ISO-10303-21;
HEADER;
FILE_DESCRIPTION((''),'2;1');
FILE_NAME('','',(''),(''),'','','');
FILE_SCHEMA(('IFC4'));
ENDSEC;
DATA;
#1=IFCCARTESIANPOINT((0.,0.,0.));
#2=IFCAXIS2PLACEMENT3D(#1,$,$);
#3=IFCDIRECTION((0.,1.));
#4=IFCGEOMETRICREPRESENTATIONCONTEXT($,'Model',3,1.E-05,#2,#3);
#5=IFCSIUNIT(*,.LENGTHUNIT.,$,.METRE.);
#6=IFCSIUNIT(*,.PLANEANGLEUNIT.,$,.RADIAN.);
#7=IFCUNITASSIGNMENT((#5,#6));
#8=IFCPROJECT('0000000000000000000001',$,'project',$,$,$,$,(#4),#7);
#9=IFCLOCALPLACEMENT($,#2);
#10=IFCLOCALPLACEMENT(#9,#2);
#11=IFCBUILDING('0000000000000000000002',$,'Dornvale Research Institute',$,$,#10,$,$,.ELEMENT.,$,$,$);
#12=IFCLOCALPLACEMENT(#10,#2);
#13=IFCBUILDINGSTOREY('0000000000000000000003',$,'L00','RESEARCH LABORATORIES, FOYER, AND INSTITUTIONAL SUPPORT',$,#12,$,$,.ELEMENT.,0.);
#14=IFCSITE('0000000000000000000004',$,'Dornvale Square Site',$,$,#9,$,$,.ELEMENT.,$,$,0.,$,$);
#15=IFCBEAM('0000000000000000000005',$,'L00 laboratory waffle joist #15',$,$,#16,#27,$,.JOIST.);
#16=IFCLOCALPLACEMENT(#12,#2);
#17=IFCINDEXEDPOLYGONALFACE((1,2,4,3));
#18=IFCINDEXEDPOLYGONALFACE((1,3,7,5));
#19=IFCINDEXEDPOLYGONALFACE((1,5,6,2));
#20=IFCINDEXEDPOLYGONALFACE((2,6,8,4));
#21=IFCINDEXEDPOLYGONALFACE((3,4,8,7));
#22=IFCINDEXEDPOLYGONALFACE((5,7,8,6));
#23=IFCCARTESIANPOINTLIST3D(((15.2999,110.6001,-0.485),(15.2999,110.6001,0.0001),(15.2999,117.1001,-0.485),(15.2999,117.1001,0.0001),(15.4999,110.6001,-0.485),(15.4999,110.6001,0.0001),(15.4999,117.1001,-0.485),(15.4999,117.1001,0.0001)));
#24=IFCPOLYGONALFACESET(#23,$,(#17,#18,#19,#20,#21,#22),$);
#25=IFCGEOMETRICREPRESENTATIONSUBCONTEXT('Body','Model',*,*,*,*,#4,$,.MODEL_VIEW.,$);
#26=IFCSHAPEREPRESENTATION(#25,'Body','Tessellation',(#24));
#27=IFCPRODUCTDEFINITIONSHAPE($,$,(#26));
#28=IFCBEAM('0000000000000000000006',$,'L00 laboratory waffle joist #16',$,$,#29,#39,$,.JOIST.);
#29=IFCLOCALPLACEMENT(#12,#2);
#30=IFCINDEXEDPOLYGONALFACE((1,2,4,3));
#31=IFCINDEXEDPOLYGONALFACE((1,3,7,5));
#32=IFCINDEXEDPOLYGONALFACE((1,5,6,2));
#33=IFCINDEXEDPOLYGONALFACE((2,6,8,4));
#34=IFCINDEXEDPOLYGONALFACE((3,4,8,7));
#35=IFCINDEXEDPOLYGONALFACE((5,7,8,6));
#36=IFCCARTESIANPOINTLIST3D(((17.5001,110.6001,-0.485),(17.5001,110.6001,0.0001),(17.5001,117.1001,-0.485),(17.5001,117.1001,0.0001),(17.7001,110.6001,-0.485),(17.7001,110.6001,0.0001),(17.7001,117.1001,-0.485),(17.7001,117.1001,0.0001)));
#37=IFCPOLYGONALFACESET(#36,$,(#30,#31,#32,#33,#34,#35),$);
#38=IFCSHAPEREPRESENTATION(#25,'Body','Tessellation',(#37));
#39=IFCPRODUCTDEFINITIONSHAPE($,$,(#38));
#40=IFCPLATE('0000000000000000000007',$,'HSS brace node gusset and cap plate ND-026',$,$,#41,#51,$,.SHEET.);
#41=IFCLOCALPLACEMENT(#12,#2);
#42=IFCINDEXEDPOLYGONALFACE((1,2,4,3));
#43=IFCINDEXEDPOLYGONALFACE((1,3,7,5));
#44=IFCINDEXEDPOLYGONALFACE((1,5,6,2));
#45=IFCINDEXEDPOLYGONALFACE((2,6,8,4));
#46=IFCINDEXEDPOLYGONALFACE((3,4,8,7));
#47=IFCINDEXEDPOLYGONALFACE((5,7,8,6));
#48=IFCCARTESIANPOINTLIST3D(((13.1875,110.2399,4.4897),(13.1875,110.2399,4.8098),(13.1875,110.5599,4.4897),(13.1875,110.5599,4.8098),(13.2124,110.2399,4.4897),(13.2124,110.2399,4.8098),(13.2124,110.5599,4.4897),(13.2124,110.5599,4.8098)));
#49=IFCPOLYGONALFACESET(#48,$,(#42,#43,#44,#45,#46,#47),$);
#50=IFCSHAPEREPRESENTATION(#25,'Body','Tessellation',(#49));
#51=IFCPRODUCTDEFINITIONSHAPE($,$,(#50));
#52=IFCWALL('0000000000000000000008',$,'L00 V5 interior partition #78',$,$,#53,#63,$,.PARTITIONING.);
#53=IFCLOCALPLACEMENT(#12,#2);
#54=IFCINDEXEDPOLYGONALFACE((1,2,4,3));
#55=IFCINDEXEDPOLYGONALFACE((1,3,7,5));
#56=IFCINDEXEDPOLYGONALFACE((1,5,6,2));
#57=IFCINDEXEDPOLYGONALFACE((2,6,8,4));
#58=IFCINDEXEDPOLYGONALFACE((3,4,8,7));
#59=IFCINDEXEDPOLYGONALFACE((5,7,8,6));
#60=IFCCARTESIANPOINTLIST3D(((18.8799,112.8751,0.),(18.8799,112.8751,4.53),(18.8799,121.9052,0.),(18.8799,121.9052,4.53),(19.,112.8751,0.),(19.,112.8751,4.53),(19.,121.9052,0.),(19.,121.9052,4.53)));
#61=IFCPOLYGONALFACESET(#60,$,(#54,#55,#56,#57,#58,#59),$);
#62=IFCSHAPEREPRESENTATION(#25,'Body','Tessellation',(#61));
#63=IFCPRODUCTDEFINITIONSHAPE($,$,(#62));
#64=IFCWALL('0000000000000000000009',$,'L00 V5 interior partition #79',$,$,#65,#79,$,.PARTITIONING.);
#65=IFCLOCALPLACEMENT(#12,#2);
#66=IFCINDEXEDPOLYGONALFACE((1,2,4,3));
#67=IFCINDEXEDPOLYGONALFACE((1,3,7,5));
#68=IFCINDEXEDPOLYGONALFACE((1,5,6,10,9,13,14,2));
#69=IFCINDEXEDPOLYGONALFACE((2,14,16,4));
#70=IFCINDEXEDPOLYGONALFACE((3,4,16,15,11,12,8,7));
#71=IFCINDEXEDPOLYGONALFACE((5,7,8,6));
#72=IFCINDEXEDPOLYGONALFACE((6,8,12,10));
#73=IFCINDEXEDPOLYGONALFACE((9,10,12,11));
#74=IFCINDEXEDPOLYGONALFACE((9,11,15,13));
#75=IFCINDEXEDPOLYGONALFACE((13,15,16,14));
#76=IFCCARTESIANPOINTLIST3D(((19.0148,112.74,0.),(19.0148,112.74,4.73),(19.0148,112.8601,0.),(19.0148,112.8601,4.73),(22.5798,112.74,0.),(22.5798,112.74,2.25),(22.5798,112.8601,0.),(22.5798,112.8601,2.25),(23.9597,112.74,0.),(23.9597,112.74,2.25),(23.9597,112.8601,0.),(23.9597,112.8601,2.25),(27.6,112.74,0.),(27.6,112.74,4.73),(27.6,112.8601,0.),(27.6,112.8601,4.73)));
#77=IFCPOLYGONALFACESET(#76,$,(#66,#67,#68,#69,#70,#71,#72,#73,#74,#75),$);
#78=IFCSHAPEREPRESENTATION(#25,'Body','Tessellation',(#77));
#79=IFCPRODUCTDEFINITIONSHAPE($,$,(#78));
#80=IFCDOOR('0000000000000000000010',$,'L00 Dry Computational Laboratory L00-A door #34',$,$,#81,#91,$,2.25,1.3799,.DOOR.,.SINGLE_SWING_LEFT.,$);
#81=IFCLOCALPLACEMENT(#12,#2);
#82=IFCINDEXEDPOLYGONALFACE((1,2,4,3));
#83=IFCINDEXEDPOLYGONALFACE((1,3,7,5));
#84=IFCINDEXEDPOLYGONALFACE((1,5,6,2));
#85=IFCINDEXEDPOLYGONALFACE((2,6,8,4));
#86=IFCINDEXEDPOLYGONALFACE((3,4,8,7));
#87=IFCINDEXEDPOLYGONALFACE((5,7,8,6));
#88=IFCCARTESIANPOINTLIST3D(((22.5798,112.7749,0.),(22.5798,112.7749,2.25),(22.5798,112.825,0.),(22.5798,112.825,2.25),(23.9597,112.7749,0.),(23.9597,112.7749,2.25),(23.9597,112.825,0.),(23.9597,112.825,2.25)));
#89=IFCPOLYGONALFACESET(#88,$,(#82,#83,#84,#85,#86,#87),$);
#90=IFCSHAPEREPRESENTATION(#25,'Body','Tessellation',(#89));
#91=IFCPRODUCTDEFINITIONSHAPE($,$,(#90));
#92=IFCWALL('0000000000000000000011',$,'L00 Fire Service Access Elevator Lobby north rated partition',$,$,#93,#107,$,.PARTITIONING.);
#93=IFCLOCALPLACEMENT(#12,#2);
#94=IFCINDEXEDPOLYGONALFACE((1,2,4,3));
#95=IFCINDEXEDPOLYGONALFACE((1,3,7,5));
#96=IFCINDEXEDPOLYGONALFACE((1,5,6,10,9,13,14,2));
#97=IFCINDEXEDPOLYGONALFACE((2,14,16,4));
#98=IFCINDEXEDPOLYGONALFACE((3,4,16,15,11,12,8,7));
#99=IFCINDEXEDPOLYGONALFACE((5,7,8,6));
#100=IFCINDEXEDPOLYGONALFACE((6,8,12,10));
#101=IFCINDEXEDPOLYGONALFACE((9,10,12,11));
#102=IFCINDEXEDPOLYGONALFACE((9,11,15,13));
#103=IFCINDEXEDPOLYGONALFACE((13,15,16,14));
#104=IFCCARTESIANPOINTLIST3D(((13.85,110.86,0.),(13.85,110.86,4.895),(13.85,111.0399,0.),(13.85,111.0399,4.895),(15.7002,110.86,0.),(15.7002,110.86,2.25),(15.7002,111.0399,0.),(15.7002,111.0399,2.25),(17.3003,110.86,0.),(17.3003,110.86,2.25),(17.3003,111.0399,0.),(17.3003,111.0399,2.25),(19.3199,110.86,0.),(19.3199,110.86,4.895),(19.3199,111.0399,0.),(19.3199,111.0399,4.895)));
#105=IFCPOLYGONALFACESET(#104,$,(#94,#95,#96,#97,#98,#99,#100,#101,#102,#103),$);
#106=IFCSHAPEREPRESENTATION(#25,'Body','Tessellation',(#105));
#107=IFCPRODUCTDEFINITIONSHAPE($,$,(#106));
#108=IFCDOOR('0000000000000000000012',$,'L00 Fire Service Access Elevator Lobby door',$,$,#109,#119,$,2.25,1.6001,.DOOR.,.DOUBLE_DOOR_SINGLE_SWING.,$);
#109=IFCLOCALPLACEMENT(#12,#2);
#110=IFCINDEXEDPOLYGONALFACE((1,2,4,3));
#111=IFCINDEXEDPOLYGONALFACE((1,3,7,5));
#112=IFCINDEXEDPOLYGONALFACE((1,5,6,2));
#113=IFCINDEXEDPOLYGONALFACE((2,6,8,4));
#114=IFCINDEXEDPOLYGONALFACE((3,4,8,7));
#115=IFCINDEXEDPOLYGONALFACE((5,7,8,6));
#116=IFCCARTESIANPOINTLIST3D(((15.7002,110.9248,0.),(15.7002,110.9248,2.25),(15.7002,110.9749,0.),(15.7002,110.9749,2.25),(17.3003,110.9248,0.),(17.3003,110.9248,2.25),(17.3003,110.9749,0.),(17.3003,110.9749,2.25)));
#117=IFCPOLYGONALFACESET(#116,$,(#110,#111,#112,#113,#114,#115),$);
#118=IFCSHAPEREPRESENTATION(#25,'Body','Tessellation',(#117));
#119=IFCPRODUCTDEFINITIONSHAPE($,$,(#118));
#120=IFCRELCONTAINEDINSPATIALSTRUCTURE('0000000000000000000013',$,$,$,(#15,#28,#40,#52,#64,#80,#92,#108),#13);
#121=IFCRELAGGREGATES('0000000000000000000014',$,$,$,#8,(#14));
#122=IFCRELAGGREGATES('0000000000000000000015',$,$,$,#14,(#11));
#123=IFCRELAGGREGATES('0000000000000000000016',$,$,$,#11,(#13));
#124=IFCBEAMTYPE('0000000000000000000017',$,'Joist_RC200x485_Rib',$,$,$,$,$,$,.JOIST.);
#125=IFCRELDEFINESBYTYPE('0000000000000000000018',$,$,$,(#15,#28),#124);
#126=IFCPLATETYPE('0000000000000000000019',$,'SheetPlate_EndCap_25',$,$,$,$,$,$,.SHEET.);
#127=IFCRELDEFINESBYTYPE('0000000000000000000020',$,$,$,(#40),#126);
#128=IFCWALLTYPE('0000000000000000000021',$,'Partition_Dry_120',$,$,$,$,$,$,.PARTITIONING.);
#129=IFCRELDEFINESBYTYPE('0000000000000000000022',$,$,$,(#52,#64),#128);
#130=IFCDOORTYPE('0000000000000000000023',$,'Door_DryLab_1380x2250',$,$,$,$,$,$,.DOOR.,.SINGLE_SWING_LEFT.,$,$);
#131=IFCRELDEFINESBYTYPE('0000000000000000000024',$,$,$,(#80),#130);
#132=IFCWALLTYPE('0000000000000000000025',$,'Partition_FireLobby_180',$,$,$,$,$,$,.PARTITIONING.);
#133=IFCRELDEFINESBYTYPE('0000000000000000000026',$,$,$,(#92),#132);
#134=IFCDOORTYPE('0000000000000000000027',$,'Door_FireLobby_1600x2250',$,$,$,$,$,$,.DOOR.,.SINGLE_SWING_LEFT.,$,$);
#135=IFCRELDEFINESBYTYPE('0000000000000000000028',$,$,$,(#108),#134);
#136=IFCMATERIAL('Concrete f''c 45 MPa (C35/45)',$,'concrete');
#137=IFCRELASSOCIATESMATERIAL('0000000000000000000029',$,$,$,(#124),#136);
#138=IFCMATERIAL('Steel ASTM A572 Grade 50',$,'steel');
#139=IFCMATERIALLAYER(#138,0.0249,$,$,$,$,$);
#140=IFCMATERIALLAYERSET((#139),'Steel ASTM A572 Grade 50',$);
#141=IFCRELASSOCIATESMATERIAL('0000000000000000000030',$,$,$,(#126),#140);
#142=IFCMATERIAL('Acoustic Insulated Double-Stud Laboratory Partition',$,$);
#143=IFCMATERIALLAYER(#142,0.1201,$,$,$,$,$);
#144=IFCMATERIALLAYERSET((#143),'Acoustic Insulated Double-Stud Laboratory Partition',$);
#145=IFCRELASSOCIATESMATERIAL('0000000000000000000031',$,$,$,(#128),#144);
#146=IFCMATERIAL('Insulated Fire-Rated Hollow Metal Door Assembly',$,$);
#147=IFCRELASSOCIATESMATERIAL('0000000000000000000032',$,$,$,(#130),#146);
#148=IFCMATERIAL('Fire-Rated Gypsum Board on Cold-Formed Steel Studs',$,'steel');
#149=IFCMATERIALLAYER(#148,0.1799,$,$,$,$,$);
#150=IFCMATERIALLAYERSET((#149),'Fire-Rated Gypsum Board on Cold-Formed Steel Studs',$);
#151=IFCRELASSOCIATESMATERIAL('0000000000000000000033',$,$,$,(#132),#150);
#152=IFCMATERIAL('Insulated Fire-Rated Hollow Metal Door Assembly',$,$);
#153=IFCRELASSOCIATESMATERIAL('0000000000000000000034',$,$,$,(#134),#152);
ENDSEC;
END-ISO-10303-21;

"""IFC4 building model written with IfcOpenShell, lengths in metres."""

from ifc_helpers import new_model, si_unit, direction, frame, frame_2d, origin, origin_2d, place, context, subcontext, project, spatial, rectangle, extrude, material, layer, layer_set, material_profile, profile_set, type_object, element, fill, save


model = new_model("IFC4")

# Units and contexts
model_context = context("Model", 3, precision=1e-05, world=origin(), true_north=direction((0.0, 1.0)))
body_context = subcontext(model_context, "Body", "Model", "MODEL_VIEW")
ifc_project = project(units=[si_unit("LENGTHUNIT", "METRE"), si_unit("PLANEANGLEUNIT", "RADIAN")], contexts=[model_context])

# Site, building, storey
site_placement = place(None, origin())
site = spatial("IfcSite", under=ifc_project, at=site_placement, Name="Dornvale Square Site", CompositionType="ELEMENT", RefElevation=0.0)
building_placement = place(site_placement, origin())
building = spatial("IfcBuilding", under=site, at=building_placement, Name="Dornvale Research Institute", CompositionType="ELEMENT")
storey_placement = place(building_placement, origin())
storey = spatial("IfcBuildingStorey", under=building, at=storey_placement, Name="L00", Description="RESEARCH LABORATORIES, FOYER, AND INSTITUTIONAL SUPPORT", CompositionType="ELEMENT", Elevation=0.0)

# Beams
ifc_material_1 = material(Name="Concrete f'c 45 MPa (C35/45)", Category="concrete")
ifc_material_profile_1 = material_profile(ifc_material_1, rectangle(XDim=0.2, YDim=0.4851, at=origin_2d()), Name="RC 200x485")
ifc_profile_set_1 = profile_set([ifc_material_profile_1], Name="Concrete f'c 45 MPa (C35/45)")
beam_type_1 = type_object("IfcBeamType", Name="Joist_RC200x485_Rib", PredefinedType="JOIST", material=ifc_profile_set_1)
for number, where, z_axis, x_axis, name in (
    (1, (15.3999, 110.6001, -0.2424), (0.0, 1.0, 0.0), (-1.0, 0.0, 0.0), "L00 laboratory waffle joist #15"),
    (2, (17.6001, 110.6001, -0.2424), (0.0, 1.0, 0.0), (-1.0, 0.0, 0.0), "L00 laboratory waffle joist #16"),
):
    element("IfcBeam", number, at=place(storey_placement, frame(where, z_axis=z_axis, x_axis=x_axis)), inside=storey, type_object=beam_type_1, Name=name, PredefinedType="JOIST", context=body_context, shape_type="SweptSolid", body=[
        extrude(rectangle(XDim=0.2, YDim=0.4851, at=origin_2d()), origin(), (0.0, 0.0, 1.0), 6.5),
    ])

# Plate
ifc_material_2 = material(Name="Steel ASTM A572 Grade 50", Category="steel")
ifc_layer_1 = layer(ifc_material_2, 0.0249)
ifc_layer_set_1 = layer_set([ifc_layer_1], Name="Steel ASTM A572 Grade 50")
plate_type = type_object("IfcPlateType", Name="SheetPlate_EndCap_25", PredefinedType="SHEET", material=ifc_layer_set_1)
plate_placement = place(storey_placement, frame((13.2, 110.3999, 4.4897), z_axis=(0.0, 0.0, 1.0), x_axis=(0.0, 1.0, 0.0)))
element("IfcPlate", 3, at=plate_placement, inside=storey, type_object=plate_type, Name="HSS brace node gusset and cap plate ND-026", PredefinedType="SHEET", context=body_context, shape_type="SweptSolid", body=[
    extrude(rectangle(XDim=0.3201, YDim=0.0249, at=origin_2d()), origin(), (0.0, 0.0, 1.0), 0.3201),
])

# Wall
ifc_material_3 = material(Name="Acoustic Insulated Double-Stud Laboratory Partition")
ifc_layer_2 = layer(ifc_material_3, 0.1201)
ifc_layer_set_2 = layer_set([ifc_layer_2], Name="Acoustic Insulated Double-Stud Laboratory Partition")
wall_type_1 = type_object("IfcWallType", Name="Partition_Dry_120", PredefinedType="PARTITIONING", material=ifc_layer_set_2)
wall_1_placement = place(storey_placement, frame((18.9399, 112.875, 0.0), z_axis=(0.0, 0.0, 1.0), x_axis=(0.0, 1.0, 0.0)))
element("IfcWall", 4, at=wall_1_placement, inside=storey, type_object=wall_type_1, Name="L00 V5 interior partition #78", PredefinedType="PARTITIONING", context=body_context, shape_type="SweptSolid", body=[
    extrude(rectangle(XDim=9.03, YDim=0.1201, at=frame_2d((4.5151, 0.0))), origin(), (0.0, 0.0, 1.0), 4.53),
])

# Walls, openings, doors
wall_2_placement = place(storey_placement, frame((19.0149, 112.8, 0.0), z_axis=(0.0, 0.0, 1.0), x_axis=(1.0, 0.0, 0.0)))
wall_2 = element("IfcWall", 5, at=wall_2_placement, inside=storey, type_object=wall_type_1, Name="L00 V5 interior partition #79", PredefinedType="PARTITIONING", context=body_context, shape_type="SweptSolid", body=[
    extrude(rectangle(XDim=8.5852, YDim=0.1201, at=frame_2d((4.2925, 0.0))), origin(), (0.0, 0.0, 1.0), 4.73),
])
opening_1_placement = place(wall_2_placement, frame((3.5649, 0.0, 0.0)))
opening_1 = element("IfcOpeningElement", 6, at=opening_1_placement, cuts=wall_2, PredefinedType="OPENING", context=body_context, shape_type="SweptSolid", body=[
    extrude(rectangle(XDim=1.3799, YDim=2.25, at=frame_2d((0.6899, 1.125))), frame((0.0, 0.075, 0.0), z_axis=(0.0, -1.0, 0.0), x_axis=(1.0, 0.0, 0.0)), (0.0, 0.0, 1.0), 0.1501),
])
ifc_material_4 = material(Name="Insulated Fire-Rated Hollow Metal Door Assembly")
door_type_1 = type_object("IfcDoorType", Name="Door_DryLab_1380x2250", OperationType="SINGLE_SWING_LEFT", PredefinedType="DOOR", material=ifc_material_4)
door_1_placement = place(opening_1_placement, origin())
door_1 = element("IfcDoor", 7, at=door_1_placement, inside=storey, type_object=door_type_1, Name="L00 Dry Computational Laboratory L00-A door #34", OperationType="SINGLE_SWING_LEFT", OverallHeight=2.25, OverallWidth=1.3799, PredefinedType="DOOR", context=body_context, shape_type="SweptSolid", body=[
    extrude(rectangle(XDim=1.3799, YDim=2.25, at=frame_2d((0.6899, 1.125))), frame((0.0, 0.0249, 0.0), z_axis=(0.0, -1.0, 0.0), x_axis=(1.0, 0.0, 0.0)), (0.0, 0.0, 1.0), 0.05),
])
fill(opening_1, door_1)
ifc_material_5 = material(Name="Fire-Rated Gypsum Board on Cold-Formed Steel Studs", Category="steel")
ifc_layer_3 = layer(ifc_material_5, 0.1799)
ifc_layer_set_3 = layer_set([ifc_layer_3], Name="Fire-Rated Gypsum Board on Cold-Formed Steel Studs")
wall_type_2 = type_object("IfcWallType", Name="Partition_FireLobby_180", PredefinedType="PARTITIONING", material=ifc_layer_set_3)
wall_3_placement = place(storey_placement, frame((13.8501, 110.95, 0.0), z_axis=(0.0, 0.0, 1.0), x_axis=(1.0, 0.0, 0.0)))
wall_3 = element("IfcWall", 8, at=wall_3_placement, inside=storey, type_object=wall_type_2, Name="L00 Fire Service Access Elevator Lobby north rated partition", PredefinedType="PARTITIONING", context=body_context, shape_type="SweptSolid", body=[
    extrude(rectangle(XDim=5.47, YDim=0.1799, at=frame_2d((2.7349, 0.0))), origin(), (0.0, 0.0, 1.0), 4.895),
])
opening_2_placement = place(wall_3_placement, frame((1.8501, 0.0, 0.0)))
opening_2 = element("IfcOpeningElement", 9, at=opening_2_placement, cuts=wall_3, PredefinedType="OPENING", context=body_context, shape_type="SweptSolid", body=[
    extrude(rectangle(XDim=1.6001, YDim=2.25, at=frame_2d((0.8, 1.125))), frame((0.0, 0.105, 0.0), z_axis=(0.0, -1.0, 0.0), x_axis=(1.0, 0.0, 0.0)), (0.0, 0.0, 1.0), 0.21),
])
ifc_material_6 = material(Name="Insulated Fire-Rated Hollow Metal Door Assembly")
door_type_2 = type_object("IfcDoorType", Name="Door_FireLobby_1600x2250", OperationType="SINGLE_SWING_LEFT", PredefinedType="DOOR", material=ifc_material_6)
door_2_placement = place(opening_2_placement, origin())
door_2 = element("IfcDoor", 10, at=door_2_placement, inside=storey, type_object=door_type_2, Name="L00 Fire Service Access Elevator Lobby door", OperationType="DOUBLE_DOOR_SINGLE_SWING", OverallHeight=2.25, OverallWidth=1.6001, PredefinedType="DOOR", context=body_context, shape_type="SweptSolid", body=[
    extrude(rectangle(XDim=1.6001, YDim=2.25, at=frame_2d((0.8, 1.125))), frame((0.0, 0.0249, 0.0), z_axis=(0.0, -1.0, 0.0), x_axis=(1.0, 0.0, 0.0)), (0.0, 0.0, 1.0), 0.05),
])
fill(opening_2, door_2)

save(model, "model.ifc")
